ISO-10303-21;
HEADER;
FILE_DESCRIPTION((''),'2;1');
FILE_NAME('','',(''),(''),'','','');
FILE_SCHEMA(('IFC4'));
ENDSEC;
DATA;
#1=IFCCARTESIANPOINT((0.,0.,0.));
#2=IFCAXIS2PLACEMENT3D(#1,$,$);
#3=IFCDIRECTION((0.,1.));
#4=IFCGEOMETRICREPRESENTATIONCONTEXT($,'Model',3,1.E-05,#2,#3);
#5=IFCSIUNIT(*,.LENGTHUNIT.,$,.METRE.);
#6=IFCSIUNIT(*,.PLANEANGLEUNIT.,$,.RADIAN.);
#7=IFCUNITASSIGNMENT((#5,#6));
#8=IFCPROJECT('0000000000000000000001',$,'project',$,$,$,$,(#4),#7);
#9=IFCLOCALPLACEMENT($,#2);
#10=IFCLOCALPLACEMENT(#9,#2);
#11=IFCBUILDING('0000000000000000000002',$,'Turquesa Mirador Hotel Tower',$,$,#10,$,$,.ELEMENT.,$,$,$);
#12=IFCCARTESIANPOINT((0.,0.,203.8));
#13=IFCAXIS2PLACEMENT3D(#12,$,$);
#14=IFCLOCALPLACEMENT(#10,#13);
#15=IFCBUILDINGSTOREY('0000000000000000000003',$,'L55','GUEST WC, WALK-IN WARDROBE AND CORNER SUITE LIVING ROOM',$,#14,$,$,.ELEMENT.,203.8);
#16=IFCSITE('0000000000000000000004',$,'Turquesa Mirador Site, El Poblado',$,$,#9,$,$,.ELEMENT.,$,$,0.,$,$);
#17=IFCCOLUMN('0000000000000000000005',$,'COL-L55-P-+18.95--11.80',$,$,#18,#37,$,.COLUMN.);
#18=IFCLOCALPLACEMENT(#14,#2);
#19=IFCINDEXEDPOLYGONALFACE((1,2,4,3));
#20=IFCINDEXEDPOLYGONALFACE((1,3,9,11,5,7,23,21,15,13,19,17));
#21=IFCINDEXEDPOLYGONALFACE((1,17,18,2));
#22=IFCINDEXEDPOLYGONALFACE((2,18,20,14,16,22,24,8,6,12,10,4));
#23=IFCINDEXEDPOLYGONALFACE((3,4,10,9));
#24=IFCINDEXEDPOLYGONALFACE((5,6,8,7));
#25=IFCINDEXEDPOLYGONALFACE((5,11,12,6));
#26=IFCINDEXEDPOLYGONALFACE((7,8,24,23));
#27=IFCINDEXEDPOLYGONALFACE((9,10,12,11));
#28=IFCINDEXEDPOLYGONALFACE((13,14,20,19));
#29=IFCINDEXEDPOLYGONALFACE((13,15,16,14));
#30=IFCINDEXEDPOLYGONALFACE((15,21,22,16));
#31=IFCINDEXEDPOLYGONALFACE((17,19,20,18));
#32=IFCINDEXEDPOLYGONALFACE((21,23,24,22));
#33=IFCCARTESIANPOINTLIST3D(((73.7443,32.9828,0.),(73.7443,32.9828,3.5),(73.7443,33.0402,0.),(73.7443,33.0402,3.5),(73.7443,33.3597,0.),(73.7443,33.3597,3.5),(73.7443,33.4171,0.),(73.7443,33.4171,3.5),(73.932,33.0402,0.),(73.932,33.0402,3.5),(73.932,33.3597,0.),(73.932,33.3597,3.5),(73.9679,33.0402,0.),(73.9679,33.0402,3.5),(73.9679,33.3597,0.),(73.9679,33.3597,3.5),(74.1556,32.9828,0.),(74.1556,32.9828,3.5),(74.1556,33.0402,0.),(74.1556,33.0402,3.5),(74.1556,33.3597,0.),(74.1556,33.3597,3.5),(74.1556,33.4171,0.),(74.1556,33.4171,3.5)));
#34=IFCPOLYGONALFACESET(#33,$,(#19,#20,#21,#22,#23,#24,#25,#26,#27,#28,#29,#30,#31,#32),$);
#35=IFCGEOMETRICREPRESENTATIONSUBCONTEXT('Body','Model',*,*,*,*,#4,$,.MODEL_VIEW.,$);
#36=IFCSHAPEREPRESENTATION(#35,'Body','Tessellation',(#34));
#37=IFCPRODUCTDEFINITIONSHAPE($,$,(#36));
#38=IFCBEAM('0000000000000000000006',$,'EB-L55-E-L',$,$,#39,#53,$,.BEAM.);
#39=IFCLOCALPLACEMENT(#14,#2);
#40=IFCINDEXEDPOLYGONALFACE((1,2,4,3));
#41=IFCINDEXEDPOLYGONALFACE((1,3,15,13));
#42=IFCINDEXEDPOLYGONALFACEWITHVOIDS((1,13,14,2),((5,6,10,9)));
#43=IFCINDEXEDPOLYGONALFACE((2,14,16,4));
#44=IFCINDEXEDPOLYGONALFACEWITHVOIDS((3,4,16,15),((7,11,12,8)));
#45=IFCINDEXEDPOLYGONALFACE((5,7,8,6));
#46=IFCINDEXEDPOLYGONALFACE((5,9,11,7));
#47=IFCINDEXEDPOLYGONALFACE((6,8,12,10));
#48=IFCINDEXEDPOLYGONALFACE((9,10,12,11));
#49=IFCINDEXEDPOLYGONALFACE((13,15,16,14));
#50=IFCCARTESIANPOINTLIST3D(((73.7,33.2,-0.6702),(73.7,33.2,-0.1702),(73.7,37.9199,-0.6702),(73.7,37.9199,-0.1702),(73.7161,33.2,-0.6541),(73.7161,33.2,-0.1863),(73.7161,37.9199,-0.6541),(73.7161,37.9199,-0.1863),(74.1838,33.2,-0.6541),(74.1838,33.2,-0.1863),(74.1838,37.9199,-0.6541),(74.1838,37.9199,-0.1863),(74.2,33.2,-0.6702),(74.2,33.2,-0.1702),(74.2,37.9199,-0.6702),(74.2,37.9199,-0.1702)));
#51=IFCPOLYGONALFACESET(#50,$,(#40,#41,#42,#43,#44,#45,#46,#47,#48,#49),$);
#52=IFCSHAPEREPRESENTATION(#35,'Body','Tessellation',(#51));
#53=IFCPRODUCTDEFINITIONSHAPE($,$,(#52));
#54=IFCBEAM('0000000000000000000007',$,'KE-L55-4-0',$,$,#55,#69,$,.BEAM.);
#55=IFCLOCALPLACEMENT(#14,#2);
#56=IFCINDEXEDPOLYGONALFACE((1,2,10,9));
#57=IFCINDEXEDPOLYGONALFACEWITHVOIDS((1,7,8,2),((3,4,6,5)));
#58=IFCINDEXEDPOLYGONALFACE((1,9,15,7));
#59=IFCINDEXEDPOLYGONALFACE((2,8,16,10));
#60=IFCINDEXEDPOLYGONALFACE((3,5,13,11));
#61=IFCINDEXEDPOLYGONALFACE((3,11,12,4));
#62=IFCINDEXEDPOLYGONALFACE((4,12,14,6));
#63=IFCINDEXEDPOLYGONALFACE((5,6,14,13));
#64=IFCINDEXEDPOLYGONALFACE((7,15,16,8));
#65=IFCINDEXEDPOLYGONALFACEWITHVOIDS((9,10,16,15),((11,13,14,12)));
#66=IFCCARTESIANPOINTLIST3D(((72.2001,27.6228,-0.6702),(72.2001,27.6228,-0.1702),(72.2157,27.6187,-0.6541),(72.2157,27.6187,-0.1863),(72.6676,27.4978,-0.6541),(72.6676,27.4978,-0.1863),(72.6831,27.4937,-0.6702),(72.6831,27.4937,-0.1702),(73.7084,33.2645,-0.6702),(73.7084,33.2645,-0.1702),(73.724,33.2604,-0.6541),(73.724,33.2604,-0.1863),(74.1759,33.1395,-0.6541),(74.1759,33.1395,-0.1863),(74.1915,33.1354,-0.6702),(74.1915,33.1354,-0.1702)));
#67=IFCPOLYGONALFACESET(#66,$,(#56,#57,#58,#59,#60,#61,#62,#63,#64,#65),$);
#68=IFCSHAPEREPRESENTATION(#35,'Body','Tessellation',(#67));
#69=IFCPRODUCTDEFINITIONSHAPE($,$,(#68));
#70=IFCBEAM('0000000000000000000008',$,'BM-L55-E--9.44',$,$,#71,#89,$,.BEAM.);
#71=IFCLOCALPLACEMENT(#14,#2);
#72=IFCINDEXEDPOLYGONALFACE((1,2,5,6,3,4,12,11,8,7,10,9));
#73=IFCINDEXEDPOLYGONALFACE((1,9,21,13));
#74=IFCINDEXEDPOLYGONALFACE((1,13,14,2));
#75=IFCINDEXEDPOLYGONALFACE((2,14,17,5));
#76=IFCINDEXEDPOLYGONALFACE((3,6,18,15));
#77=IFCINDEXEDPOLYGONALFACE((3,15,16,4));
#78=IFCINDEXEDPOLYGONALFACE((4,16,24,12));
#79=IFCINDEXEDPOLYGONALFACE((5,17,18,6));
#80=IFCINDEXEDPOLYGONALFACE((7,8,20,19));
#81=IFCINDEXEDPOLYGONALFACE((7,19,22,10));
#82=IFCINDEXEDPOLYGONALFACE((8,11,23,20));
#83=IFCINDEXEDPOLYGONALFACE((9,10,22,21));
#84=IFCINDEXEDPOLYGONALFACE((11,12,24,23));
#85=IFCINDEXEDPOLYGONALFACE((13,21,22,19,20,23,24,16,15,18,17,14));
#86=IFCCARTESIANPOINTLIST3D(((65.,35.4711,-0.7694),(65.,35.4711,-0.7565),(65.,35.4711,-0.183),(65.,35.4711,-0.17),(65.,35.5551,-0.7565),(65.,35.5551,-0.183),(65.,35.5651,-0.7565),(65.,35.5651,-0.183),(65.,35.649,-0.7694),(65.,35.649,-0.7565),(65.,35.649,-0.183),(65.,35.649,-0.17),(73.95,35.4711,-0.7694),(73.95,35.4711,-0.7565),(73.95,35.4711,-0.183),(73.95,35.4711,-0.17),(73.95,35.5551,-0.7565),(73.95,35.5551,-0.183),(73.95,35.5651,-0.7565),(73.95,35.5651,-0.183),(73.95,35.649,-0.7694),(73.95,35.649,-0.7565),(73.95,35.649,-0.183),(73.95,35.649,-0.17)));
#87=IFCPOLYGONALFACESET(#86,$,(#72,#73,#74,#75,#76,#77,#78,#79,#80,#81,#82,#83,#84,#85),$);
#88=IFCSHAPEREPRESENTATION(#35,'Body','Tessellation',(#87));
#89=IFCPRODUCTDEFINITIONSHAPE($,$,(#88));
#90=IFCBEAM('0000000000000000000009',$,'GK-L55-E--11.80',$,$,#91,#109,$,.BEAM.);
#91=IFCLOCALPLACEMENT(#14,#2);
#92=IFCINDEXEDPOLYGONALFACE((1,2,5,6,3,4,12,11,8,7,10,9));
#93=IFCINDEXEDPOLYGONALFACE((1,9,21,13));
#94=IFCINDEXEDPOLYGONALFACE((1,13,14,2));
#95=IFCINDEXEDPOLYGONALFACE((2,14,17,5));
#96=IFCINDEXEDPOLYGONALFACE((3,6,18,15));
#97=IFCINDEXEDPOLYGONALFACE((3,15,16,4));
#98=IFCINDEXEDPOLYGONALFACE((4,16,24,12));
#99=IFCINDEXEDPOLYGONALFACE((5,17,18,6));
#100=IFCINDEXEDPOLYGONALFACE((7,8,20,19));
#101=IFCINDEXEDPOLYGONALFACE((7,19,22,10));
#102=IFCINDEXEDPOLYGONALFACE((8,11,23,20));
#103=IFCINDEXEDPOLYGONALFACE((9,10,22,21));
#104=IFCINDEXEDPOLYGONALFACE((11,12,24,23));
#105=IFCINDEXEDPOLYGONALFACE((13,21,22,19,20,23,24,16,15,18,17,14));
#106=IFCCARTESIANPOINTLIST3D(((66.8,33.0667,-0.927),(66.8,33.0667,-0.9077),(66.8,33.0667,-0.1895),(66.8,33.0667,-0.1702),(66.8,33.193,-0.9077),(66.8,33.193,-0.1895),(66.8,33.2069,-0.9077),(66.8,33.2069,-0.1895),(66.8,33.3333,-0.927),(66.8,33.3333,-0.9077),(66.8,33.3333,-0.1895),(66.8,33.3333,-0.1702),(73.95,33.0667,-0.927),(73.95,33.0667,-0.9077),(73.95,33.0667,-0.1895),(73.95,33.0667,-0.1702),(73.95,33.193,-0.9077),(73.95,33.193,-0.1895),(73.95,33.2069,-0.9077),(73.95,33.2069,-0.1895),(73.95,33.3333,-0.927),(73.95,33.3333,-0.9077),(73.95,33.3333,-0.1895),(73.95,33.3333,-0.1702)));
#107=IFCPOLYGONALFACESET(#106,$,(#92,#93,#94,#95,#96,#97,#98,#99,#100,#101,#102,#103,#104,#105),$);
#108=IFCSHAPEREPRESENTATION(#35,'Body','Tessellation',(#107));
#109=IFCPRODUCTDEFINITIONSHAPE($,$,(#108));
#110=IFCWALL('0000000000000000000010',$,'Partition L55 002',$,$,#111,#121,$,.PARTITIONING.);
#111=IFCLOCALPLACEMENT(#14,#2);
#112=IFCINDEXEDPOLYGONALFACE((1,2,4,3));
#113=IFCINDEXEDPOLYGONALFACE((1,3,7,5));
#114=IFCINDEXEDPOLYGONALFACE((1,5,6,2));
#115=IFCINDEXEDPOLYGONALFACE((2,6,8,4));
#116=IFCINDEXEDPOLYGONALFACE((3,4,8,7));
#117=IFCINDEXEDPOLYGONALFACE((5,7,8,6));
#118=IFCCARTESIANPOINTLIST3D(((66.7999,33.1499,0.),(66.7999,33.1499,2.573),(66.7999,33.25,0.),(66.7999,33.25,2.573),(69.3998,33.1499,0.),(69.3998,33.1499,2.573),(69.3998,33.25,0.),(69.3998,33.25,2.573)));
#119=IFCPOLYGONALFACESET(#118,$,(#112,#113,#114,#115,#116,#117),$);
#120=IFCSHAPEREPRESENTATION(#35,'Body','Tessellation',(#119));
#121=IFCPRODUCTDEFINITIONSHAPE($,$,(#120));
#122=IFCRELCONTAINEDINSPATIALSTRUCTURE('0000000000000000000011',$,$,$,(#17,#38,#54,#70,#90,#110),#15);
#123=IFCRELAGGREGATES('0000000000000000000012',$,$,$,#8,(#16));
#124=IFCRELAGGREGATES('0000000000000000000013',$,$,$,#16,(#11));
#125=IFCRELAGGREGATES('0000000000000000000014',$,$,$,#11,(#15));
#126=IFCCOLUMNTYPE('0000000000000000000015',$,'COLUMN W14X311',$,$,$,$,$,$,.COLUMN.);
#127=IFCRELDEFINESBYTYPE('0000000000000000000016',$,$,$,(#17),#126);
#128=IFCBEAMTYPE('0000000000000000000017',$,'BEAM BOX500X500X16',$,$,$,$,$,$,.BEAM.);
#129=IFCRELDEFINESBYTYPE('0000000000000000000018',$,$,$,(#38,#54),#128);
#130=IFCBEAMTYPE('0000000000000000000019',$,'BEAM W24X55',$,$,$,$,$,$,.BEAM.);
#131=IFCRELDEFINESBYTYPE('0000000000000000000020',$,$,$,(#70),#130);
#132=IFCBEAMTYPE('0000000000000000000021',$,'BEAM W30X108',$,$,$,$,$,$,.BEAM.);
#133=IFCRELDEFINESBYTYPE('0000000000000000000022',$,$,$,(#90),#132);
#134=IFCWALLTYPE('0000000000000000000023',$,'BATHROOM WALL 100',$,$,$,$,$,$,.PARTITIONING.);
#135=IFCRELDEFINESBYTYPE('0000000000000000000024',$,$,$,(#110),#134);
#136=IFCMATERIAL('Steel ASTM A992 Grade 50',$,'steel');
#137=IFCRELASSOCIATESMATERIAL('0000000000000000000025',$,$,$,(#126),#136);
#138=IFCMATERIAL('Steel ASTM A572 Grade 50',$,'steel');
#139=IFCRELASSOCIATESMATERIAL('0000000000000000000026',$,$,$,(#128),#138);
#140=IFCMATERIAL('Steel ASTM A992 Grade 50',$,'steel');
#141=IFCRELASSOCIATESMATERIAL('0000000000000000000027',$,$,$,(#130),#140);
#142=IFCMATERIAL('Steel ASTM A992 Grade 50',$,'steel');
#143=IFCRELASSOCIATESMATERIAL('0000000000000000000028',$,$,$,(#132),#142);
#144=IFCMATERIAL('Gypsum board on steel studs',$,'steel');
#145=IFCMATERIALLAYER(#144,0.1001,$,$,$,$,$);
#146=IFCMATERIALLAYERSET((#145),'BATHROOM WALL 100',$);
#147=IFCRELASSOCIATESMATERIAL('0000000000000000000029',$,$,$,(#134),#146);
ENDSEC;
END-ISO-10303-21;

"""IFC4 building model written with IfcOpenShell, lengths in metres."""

from ifc_helpers import new_model, si_unit, direction, frame, frame_2d, origin, origin_2d, place, context, subcontext, project, spatial, rectangle, hollow_rectangle, i_section, extrude, material, layer, layer_set, material_profile, profile_set, type_object, element, save


model = new_model("IFC4")

# Units and contexts
model_context = context("Model", 3, precision=1e-05, world=origin(), true_north=direction((0.0, 1.0)))
body_context = subcontext(model_context, "Body", "Model", "MODEL_VIEW")
ifc_project = project(units=[si_unit("LENGTHUNIT", "METRE"), si_unit("PLANEANGLEUNIT", "RADIAN")], contexts=[model_context])

# Site, building, storey
site_placement = place(None, origin())
site = spatial("IfcSite", under=ifc_project, at=site_placement, Name="Turquesa Mirador Site, El Poblado", CompositionType="ELEMENT", RefElevation=0.0)
building_placement = place(site_placement, origin())
building = spatial("IfcBuilding", under=site, at=building_placement, Name="Turquesa Mirador Hotel Tower", CompositionType="ELEMENT")
storey_placement = place(building_placement, frame((0.0, 0.0, 203.8)))
storey = spatial("IfcBuildingStorey", under=building, at=storey_placement, Name="L55", Description="GUEST WC, WALK-IN WARDROBE AND CORNER SUITE LIVING ROOM", CompositionType="ELEMENT", Elevation=203.8)

# Column
ifc_material_1 = material(Name="Steel ASTM A992 Grade 50", Category="steel")
ifc_material_profile_1 = material_profile(ifc_material_1, i_section(OverallWidth=0.4114, OverallDepth=0.4343, WebThickness=0.0359, FlangeThickness=0.0574, at=origin_2d()), Name="W14X311")
ifc_profile_set_1 = profile_set([ifc_material_profile_1], Name="Steel ASTM A992 Grade 50")
column_type = type_object("IfcColumnType", Name="COLUMN W14X311", PredefinedType="COLUMN", material=ifc_profile_set_1)
column_placement = place(storey_placement, frame((73.95, 33.2, 0.0), z_axis=(0.0, 0.0, 1.0), x_axis=(1.0, 0.0, 0.0)))
element("IfcColumn", 1, at=column_placement, inside=storey, type_object=column_type, Name="COL-L55-P-+18.95--11.80", PredefinedType="COLUMN", context=body_context, shape_type="SweptSolid", body=[
    extrude(i_section(OverallWidth=0.4114, OverallDepth=0.4343, WebThickness=0.0359, FlangeThickness=0.0574, at=origin_2d()), origin(), (0.0, 0.0, 1.0), 3.5),
])

# Beams
ifc_material_2 = material(Name="Steel ASTM A572 Grade 50", Category="steel")
ifc_material_profile_2 = material_profile(ifc_material_2, hollow_rectangle(XDim=0.5, YDim=0.5, WallThickness=0.0161, at=origin_2d()), Name="BOX500X500X16")
ifc_profile_set_2 = profile_set([ifc_material_profile_2], Name="Steel ASTM A572 Grade 50")
beam_type_1 = type_object("IfcBeamType", Name="BEAM BOX500X500X16", PredefinedType="BEAM", material=ifc_profile_set_2)
beam_1_placement = place(storey_placement, frame((73.95, 33.2, -0.4202), z_axis=(0.0, 1.0, 0.0), x_axis=(-1.0, 0.0, 0.0)))
element("IfcBeam", 2, at=beam_1_placement, inside=storey, type_object=beam_type_1, Name="EB-L55-E-L", PredefinedType="BEAM", context=body_context, shape_type="SweptSolid", body=[
    extrude(hollow_rectangle(XDim=0.5, YDim=0.5, WallThickness=0.0161, at=origin_2d()), origin(), (0.0, 0.0, 1.0), 4.72),
])
beam_2_placement = place(storey_placement, frame((73.95, 33.2, -0.4202), z_axis=(-0.258282, -0.96607, 0.0), x_axis=(0.96607, -0.258282, 0.0)))
element("IfcBeam", 3, at=beam_2_placement, inside=storey, type_object=beam_type_1, Name="KE-L55-4-0", PredefinedType="BEAM", context=body_context, shape_type="SweptSolid", body=[
    extrude(hollow_rectangle(XDim=0.5, YDim=0.5, WallThickness=0.0161, at=origin_2d()), origin(), (0.0, 0.0, 1.0), 5.8398),
])
ifc_material_3 = material(Name="Steel ASTM A992 Grade 50", Category="steel")
ifc_material_profile_3 = material_profile(ifc_material_3, i_section(OverallWidth=0.178, OverallDepth=0.5994, WebThickness=0.01, FlangeThickness=0.0129, at=origin_2d()), Name="W24X55")
ifc_profile_set_3 = profile_set([ifc_material_profile_3], Name="Steel ASTM A992 Grade 50")
beam_type_2 = type_object("IfcBeamType", Name="BEAM W24X55", PredefinedType="BEAM", material=ifc_profile_set_3)
beam_3_placement = place(storey_placement, frame((73.95, 35.5601, -0.4697), z_axis=(-1.0, 0.0, 0.0), x_axis=(0.0, -1.0, 0.0)))
element("IfcBeam", 4, at=beam_3_placement, inside=storey, type_object=beam_type_2, Name="BM-L55-E--9.44", PredefinedType="BEAM", context=body_context, shape_type="SweptSolid", body=[
    extrude(i_section(OverallWidth=0.178, OverallDepth=0.5994, WebThickness=0.01, FlangeThickness=0.0129, at=origin_2d()), origin(), (0.0, 0.0, 1.0), 8.95),
])
ifc_material_4 = material(Name="Steel ASTM A992 Grade 50", Category="steel")
ifc_material_profile_4 = material_profile(ifc_material_4, i_section(OverallWidth=0.2666, OverallDepth=0.7568, WebThickness=0.0139, FlangeThickness=0.0193, at=origin_2d()), Name="W30X108")
ifc_profile_set_4 = profile_set([ifc_material_profile_4], Name="Steel ASTM A992 Grade 50")
beam_type_3 = type_object("IfcBeamType", Name="BEAM W30X108", PredefinedType="BEAM", material=ifc_profile_set_4)
beam_4_placement = place(storey_placement, frame((73.95, 33.2, -0.5486), z_axis=(-1.0, 0.0, 0.0), x_axis=(0.0, -1.0, 0.0)))
element("IfcBeam", 5, at=beam_4_placement, inside=storey, type_object=beam_type_3, Name="GK-L55-E--11.80", PredefinedType="BEAM", context=body_context, shape_type="SweptSolid", body=[
    extrude(i_section(OverallWidth=0.2666, OverallDepth=0.7568, WebThickness=0.0139, FlangeThickness=0.0193, at=origin_2d()), origin(), (0.0, 0.0, 1.0), 7.1499),
])

# Wall
ifc_material_5 = material(Name="Gypsum board on steel studs", Category="steel")
ifc_layer_1 = layer(ifc_material_5, 0.1001)
ifc_layer_set_1 = layer_set([ifc_layer_1], Name="BATHROOM WALL 100")
wall_type_1 = type_object("IfcWallType", Name="BATHROOM WALL 100", PredefinedType="PARTITIONING", material=ifc_layer_set_1)
wall_1_placement = place(storey_placement, frame((66.8, 33.2, 0.0), z_axis=(0.0, 0.0, 1.0), x_axis=(1.0, 0.0, 0.0)))
element("IfcWall", 6, at=wall_1_placement, inside=storey, type_object=wall_type_1, Name="Partition L55 002", PredefinedType="PARTITIONING", context=body_context, shape_type="SweptSolid", body=[
    extrude(rectangle(XDim=2.5999, YDim=0.1001, at=frame_2d((1.2998, 0.0))), origin(), (0.0, 0.0, 1.0), 2.573),
])

save(model, "model.ifc")
